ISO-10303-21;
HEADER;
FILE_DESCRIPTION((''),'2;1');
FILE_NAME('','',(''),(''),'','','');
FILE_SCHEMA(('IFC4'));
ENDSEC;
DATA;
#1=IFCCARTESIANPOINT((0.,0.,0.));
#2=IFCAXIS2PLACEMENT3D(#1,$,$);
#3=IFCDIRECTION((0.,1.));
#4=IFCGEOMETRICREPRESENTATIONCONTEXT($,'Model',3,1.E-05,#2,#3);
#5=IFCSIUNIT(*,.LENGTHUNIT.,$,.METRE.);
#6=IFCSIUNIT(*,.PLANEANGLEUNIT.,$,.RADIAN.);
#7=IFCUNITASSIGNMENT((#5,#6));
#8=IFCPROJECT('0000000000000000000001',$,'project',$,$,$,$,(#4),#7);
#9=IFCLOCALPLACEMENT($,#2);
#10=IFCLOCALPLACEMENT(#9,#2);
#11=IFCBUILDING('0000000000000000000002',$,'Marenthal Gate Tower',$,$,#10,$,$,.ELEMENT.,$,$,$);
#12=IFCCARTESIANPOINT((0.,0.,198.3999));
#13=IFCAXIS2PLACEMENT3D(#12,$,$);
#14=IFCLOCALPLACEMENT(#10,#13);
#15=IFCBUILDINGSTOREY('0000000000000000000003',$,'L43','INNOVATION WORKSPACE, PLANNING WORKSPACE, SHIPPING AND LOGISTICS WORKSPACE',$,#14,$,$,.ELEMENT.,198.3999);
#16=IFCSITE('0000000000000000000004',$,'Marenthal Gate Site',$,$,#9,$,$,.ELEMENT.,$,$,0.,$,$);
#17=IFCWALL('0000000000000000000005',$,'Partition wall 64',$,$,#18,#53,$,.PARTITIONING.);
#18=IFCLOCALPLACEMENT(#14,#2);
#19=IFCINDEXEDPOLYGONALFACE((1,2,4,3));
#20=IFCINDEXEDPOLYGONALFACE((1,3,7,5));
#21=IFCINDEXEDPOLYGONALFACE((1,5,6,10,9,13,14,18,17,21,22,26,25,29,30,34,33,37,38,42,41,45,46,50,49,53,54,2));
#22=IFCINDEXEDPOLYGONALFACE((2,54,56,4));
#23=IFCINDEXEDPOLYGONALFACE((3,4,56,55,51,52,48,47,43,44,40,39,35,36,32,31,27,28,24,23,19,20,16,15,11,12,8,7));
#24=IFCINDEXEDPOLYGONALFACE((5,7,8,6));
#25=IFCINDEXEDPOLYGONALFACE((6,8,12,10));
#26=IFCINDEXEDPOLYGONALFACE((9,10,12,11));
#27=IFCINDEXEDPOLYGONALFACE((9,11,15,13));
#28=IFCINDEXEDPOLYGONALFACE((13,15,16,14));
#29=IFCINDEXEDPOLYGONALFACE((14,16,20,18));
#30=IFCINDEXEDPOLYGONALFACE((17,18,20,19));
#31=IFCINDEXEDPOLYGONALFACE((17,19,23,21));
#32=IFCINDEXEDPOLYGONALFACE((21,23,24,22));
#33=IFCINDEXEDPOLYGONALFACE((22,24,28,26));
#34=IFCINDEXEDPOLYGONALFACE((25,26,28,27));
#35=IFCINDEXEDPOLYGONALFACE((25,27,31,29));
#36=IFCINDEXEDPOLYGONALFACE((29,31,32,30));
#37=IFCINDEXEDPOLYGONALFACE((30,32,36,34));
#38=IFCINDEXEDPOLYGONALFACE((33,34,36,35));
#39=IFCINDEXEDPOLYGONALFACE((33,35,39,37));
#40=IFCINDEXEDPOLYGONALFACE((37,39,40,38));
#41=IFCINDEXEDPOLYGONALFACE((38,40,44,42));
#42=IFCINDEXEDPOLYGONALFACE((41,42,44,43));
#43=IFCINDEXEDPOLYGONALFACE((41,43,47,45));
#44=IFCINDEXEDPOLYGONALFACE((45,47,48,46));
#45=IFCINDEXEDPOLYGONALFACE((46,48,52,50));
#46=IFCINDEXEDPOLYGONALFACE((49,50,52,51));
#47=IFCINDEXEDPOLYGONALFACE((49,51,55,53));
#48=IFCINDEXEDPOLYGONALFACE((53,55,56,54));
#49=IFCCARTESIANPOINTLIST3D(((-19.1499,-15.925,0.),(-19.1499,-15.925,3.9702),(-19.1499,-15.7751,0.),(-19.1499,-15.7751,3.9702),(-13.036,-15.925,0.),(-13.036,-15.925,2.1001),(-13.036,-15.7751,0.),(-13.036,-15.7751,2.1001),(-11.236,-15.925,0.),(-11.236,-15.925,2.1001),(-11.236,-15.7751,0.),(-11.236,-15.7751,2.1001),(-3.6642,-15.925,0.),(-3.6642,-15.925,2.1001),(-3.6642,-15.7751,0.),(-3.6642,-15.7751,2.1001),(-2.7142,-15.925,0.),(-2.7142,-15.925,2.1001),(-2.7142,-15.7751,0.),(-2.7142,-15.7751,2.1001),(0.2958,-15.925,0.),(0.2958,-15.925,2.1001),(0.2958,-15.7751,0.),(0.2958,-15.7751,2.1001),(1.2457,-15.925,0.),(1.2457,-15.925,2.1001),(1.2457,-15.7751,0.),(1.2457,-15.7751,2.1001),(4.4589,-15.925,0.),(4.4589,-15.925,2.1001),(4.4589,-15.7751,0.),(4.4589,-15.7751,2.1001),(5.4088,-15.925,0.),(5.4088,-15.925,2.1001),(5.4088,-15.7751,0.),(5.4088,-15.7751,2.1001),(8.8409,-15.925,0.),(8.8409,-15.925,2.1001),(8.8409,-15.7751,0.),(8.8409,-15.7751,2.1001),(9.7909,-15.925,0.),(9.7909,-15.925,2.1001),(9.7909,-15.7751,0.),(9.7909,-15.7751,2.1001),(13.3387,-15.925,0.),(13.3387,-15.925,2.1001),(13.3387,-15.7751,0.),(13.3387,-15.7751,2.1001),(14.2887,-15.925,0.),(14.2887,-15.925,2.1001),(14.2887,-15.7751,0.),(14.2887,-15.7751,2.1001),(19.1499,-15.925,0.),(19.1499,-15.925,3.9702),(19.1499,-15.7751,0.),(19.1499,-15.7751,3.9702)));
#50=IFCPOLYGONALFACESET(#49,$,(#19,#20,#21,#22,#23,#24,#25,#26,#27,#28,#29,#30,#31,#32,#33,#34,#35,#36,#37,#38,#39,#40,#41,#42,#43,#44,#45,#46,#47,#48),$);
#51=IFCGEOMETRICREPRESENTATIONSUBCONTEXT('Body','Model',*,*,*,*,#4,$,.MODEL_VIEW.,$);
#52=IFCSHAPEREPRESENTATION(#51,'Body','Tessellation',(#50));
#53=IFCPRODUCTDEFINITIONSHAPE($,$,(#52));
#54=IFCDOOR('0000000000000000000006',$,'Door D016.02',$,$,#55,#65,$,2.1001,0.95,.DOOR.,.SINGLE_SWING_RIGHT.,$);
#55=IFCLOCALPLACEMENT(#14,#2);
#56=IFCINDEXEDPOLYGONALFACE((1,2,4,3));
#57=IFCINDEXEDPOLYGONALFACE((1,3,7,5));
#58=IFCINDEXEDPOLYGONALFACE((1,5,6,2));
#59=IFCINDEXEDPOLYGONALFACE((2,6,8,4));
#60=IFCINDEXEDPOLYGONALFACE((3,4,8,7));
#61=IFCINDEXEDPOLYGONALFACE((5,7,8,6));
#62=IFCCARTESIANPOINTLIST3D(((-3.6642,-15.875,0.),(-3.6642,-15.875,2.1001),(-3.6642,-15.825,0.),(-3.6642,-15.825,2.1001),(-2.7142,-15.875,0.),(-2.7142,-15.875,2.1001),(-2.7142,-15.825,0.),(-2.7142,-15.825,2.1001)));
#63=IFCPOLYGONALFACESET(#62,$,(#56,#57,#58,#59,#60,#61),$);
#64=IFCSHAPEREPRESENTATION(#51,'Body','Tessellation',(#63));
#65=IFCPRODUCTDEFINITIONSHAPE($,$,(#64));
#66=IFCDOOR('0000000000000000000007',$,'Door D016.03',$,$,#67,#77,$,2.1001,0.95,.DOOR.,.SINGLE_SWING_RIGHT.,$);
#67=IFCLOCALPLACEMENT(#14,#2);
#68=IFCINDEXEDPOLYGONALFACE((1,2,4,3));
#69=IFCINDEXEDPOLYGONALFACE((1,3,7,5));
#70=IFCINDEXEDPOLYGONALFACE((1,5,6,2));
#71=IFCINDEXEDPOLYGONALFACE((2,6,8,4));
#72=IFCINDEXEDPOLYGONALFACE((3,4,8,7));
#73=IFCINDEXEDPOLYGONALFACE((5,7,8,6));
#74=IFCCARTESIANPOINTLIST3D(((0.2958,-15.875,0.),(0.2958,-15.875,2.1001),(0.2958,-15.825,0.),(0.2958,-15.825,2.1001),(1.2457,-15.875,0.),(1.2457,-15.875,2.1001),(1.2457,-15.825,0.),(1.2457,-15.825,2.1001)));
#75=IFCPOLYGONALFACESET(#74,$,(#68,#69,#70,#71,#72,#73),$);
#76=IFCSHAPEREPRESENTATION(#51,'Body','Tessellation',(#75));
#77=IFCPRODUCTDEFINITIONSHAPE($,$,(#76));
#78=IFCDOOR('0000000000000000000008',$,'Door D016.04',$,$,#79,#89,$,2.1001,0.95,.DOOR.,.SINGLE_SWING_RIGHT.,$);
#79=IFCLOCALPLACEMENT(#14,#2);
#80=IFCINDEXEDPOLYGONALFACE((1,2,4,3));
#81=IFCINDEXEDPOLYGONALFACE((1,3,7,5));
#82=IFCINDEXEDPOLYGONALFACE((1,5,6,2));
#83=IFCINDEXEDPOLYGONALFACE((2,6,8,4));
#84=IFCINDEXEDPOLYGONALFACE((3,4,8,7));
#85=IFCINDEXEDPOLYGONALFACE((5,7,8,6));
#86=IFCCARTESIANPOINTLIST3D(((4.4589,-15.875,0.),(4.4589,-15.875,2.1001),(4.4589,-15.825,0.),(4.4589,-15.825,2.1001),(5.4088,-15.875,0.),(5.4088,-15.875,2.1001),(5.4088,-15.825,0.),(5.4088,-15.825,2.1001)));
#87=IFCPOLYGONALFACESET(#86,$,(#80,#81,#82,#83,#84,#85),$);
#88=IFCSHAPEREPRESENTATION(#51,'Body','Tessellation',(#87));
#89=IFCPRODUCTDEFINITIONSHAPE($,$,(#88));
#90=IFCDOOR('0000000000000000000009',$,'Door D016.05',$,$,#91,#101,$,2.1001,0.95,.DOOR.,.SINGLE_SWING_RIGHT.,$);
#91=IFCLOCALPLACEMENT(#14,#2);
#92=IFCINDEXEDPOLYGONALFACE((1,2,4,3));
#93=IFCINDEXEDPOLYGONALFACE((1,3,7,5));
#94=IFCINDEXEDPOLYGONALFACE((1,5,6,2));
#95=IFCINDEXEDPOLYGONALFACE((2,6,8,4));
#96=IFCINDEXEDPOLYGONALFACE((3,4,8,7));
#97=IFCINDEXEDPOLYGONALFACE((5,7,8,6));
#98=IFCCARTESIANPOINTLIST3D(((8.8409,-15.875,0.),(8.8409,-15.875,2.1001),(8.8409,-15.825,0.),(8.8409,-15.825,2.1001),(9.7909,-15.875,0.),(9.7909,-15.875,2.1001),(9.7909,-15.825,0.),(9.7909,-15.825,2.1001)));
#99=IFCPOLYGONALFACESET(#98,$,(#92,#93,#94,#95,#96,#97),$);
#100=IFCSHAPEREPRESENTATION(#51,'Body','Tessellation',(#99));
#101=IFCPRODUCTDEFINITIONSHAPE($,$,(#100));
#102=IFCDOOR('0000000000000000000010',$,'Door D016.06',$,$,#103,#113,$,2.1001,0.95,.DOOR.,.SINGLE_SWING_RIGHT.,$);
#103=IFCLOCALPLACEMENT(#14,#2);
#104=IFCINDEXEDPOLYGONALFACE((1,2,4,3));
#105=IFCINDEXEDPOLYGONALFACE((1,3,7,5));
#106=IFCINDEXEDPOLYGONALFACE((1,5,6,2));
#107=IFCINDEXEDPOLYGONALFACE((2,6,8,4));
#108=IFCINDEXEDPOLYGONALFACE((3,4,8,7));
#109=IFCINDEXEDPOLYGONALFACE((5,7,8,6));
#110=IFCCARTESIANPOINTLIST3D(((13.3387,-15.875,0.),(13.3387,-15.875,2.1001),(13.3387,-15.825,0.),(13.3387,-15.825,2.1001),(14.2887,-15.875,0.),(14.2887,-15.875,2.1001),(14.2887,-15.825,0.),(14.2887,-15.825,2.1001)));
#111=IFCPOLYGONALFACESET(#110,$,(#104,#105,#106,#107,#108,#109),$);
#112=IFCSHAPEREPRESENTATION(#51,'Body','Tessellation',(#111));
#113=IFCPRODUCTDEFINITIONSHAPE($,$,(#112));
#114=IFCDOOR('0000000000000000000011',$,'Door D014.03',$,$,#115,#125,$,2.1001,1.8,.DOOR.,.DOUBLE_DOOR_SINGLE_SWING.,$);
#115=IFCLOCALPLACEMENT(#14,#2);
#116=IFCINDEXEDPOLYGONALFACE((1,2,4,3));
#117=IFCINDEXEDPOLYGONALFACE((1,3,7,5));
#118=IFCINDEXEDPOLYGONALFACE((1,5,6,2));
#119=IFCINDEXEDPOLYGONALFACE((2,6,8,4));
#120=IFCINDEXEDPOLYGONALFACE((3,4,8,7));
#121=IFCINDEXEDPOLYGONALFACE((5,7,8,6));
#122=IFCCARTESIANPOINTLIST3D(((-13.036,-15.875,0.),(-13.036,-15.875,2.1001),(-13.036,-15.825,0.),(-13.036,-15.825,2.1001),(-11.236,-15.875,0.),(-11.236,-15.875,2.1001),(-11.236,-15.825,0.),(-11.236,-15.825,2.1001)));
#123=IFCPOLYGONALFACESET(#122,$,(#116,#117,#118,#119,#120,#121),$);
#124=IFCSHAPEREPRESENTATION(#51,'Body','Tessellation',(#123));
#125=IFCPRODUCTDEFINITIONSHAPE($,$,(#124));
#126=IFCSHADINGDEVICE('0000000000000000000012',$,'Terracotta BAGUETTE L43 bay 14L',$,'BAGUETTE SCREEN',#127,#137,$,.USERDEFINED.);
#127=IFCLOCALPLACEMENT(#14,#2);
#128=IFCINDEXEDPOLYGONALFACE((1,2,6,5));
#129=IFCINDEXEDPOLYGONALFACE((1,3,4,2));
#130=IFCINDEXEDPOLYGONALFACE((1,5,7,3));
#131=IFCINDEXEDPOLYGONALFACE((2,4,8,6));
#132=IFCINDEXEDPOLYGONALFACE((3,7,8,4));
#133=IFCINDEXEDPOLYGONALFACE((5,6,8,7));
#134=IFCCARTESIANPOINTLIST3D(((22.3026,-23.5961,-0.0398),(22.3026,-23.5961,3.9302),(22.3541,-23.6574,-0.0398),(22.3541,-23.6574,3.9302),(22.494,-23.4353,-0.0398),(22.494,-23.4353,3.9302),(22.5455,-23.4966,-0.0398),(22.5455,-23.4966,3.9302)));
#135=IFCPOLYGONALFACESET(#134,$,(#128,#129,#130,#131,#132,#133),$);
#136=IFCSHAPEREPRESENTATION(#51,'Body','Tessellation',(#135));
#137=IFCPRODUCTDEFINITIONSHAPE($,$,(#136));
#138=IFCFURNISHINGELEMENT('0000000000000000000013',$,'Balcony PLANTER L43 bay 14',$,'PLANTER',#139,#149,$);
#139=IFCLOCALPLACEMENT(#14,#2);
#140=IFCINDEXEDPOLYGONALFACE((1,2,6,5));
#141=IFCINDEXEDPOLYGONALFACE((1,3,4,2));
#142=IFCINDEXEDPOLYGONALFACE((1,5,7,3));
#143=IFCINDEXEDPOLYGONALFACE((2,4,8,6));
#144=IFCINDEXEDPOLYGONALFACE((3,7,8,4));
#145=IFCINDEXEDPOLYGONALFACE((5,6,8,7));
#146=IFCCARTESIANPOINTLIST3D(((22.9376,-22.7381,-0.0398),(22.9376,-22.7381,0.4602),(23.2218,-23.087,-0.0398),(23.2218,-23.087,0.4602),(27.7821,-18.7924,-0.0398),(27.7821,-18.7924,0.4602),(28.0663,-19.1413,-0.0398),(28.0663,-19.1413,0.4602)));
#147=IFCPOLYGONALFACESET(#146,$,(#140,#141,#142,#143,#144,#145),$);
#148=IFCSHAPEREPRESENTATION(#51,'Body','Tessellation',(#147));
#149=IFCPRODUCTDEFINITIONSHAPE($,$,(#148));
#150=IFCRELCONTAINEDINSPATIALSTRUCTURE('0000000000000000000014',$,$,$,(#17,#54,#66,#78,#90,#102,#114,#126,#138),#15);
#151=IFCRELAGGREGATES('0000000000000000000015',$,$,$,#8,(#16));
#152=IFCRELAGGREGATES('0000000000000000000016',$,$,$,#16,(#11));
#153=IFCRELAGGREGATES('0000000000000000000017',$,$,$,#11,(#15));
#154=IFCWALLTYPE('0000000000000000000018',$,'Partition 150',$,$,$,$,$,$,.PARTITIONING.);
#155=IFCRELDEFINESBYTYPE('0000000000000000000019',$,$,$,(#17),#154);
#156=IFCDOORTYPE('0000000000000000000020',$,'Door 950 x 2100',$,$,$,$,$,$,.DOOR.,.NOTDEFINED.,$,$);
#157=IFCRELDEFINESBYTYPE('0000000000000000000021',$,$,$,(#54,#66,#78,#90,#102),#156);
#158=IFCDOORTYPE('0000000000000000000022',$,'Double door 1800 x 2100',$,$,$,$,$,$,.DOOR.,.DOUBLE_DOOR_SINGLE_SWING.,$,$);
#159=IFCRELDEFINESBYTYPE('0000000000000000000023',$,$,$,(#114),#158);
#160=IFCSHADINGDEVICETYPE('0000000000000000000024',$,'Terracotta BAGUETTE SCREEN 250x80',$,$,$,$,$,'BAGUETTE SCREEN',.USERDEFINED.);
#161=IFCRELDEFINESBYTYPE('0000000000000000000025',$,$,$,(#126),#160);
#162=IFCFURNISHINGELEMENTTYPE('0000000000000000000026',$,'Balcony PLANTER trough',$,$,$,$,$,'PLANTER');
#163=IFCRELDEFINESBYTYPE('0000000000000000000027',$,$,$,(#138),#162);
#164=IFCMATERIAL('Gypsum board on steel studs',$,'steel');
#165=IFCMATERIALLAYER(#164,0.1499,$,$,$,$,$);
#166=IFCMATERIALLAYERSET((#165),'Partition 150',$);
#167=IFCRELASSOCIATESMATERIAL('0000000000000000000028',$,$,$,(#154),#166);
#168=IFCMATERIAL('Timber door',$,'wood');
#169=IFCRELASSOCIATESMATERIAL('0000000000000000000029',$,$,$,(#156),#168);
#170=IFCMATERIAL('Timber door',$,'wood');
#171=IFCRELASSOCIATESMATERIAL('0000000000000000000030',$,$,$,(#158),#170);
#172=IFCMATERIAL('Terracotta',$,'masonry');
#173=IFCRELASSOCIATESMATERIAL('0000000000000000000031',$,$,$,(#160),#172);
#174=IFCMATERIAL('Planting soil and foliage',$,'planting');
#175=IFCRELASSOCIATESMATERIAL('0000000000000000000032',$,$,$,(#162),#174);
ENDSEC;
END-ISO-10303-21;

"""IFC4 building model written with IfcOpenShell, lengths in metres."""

from ifc_helpers import new_model, si_unit, direction, frame, frame_2d, origin, origin_2d, place, context, subcontext, project, spatial, rectangle, extrude, material, layer, layer_set, material_profile, profile_set, type_object, element, fill, save


model = new_model("IFC4")

# Units and contexts
model_context = context("Model", 3, precision=1e-05, world=origin(), true_north=direction((0.0, 1.0)))
body_context = subcontext(model_context, "Body", "Model", "MODEL_VIEW")
ifc_project = project(units=[si_unit("LENGTHUNIT", "METRE"), si_unit("PLANEANGLEUNIT", "RADIAN")], contexts=[model_context])

# Site, building, storey
site_placement = place(None, origin())
site = spatial("IfcSite", under=ifc_project, at=site_placement, Name="Marenthal Gate Site", CompositionType="ELEMENT", RefElevation=0.0)
building_placement = place(site_placement, origin())
building = spatial("IfcBuilding", under=site, at=building_placement, Name="Marenthal Gate Tower", CompositionType="ELEMENT")
storey_placement = place(building_placement, frame((0.0, 0.0, 198.3999)))
storey = spatial("IfcBuildingStorey", under=building, at=storey_placement, Name="L43", Description="INNOVATION WORKSPACE, PLANNING WORKSPACE, SHIPPING AND LOGISTICS WORKSPACE", CompositionType="ELEMENT", Elevation=198.3999)

# Wall, openings, doors
ifc_material_1 = material(Name="Gypsum board on steel studs", Category="steel")
ifc_layer_1 = layer(ifc_material_1, 0.1499)
ifc_layer_set_1 = layer_set([ifc_layer_1], Name="Partition 150")
wall_type_1 = type_object("IfcWallType", Name="Partition 150", PredefinedType="PARTITIONING", material=ifc_layer_set_1)
wall_1_placement = place(storey_placement, frame((19.1499, -15.8501, 0.0), z_axis=(0.0, 0.0, 1.0), x_axis=(-1.0, 0.0, 0.0)))
wall_1 = element("IfcWall", 1, at=wall_1_placement, inside=storey, type_object=wall_type_1, Name="Partition wall 64", PredefinedType="PARTITIONING", context=body_context, shape_type="SweptSolid", body=[
    extrude(rectangle(XDim=38.2998, YDim=0.1499, at=frame_2d((19.1499, 0.0))), origin(), (0.0, 0.0, 1.0), 3.9702),
])
opening_1_placement = place(wall_1_placement, frame((30.386, 0.0, 0.0)))
opening_1 = element("IfcOpeningElement", 2, at=opening_1_placement, cuts=wall_1, PredefinedType="OPENING", context=body_context, shape_type="SweptSolid", body=[
    extrude(rectangle(XDim=1.8, YDim=2.1001, at=frame_2d((0.8999, 1.05))), frame((0.0, 0.085, 0.0), z_axis=(0.0, -1.0, 0.0), x_axis=(1.0, 0.0, 0.0)), (0.0, 0.0, 1.0), 0.1699),
])
opening_2_placement = place(wall_1_placement, frame((21.864, 0.0, 0.0)))
opening_2 = element("IfcOpeningElement", 3, at=opening_2_placement, cuts=wall_1, PredefinedType="OPENING", context=body_context, shape_type="SweptSolid", body=[
    extrude(rectangle(XDim=0.95, YDim=2.1001, at=frame_2d((0.4751, 1.05))), frame((0.0, 0.085, 0.0), z_axis=(0.0, -1.0, 0.0), x_axis=(1.0, 0.0, 0.0)), (0.0, 0.0, 1.0), 0.1699),
])
opening_3_placement = place(wall_1_placement, frame((17.9041, 0.0, 0.0)))
opening_3 = element("IfcOpeningElement", 4, at=opening_3_placement, cuts=wall_1, PredefinedType="OPENING", context=body_context, shape_type="SweptSolid", body=[
    extrude(rectangle(XDim=0.95, YDim=2.1001, at=frame_2d((0.4751, 1.05))), frame((0.0, 0.085, 0.0), z_axis=(0.0, -1.0, 0.0), x_axis=(1.0, 0.0, 0.0)), (0.0, 0.0, 1.0), 0.1699),
])
opening_4_placement = place(wall_1_placement, frame((13.741, 0.0, 0.0)))
opening_4 = element("IfcOpeningElement", 5, at=opening_4_placement, cuts=wall_1, PredefinedType="OPENING", context=body_context, shape_type="SweptSolid", body=[
    extrude(rectangle(XDim=0.95, YDim=2.1001, at=frame_2d((0.4751, 1.05))), frame((0.0, 0.085, 0.0), z_axis=(0.0, -1.0, 0.0), x_axis=(1.0, 0.0, 0.0)), (0.0, 0.0, 1.0), 0.1699),
])
opening_5_placement = place(wall_1_placement, frame((9.3589, 0.0, 0.0)))
opening_5 = element("IfcOpeningElement", 6, at=opening_5_placement, cuts=wall_1, PredefinedType="OPENING", context=body_context, shape_type="SweptSolid", body=[
    extrude(rectangle(XDim=0.95, YDim=2.1001, at=frame_2d((0.4751, 1.05))), frame((0.0, 0.085, 0.0), z_axis=(0.0, -1.0, 0.0), x_axis=(1.0, 0.0, 0.0)), (0.0, 0.0, 1.0), 0.1699),
])
opening_6_placement = place(wall_1_placement, frame((4.8611, 0.0, 0.0)))
opening_6 = element("IfcOpeningElement", 7, at=opening_6_placement, cuts=wall_1, PredefinedType="OPENING", context=body_context, shape_type="SweptSolid", body=[
    extrude(rectangle(XDim=0.95, YDim=2.1001, at=frame_2d((0.4751, 1.05))), frame((0.0, 0.085, 0.0), z_axis=(0.0, -1.0, 0.0), x_axis=(1.0, 0.0, 0.0)), (0.0, 0.0, 1.0), 0.1699),
])
ifc_material_2 = material(Name="Timber door", Category="wood")
door_type_1 = type_object("IfcDoorType", Name="Door 950 x 2100", OperationType="NOTDEFINED", PredefinedType="DOOR", material=ifc_material_2)
door_1_placement = place(opening_2_placement, origin())
door_1 = element("IfcDoor", 8, at=door_1_placement, inside=storey, type_object=door_type_1, Name="Door D016.02", OperationType="SINGLE_SWING_RIGHT", OverallHeight=2.1001, OverallWidth=0.95, PredefinedType="DOOR", context=body_context, shape_type="SweptSolid", body=[
    extrude(rectangle(XDim=0.95, YDim=2.1001, at=frame_2d((0.4751, 1.05))), frame((0.0, 0.0249, 0.0), z_axis=(0.0, -1.0, 0.0), x_axis=(1.0, 0.0, 0.0)), (0.0, 0.0, 1.0), 0.05),
])
fill(opening_2, door_1)
door_2_placement = place(opening_3_placement, origin())
door_2 = element("IfcDoor", 9, at=door_2_placement, inside=storey, type_object=door_type_1, Name="Door D016.03", OperationType="SINGLE_SWING_RIGHT", OverallHeight=2.1001, OverallWidth=0.95, PredefinedType="DOOR", context=body_context, shape_type="SweptSolid", body=[
    extrude(rectangle(XDim=0.95, YDim=2.1001, at=frame_2d((0.4751, 1.05))), frame((0.0, 0.0249, 0.0), z_axis=(0.0, -1.0, 0.0), x_axis=(1.0, 0.0, 0.0)), (0.0, 0.0, 1.0), 0.05),
])
fill(opening_3, door_2)
door_3_placement = place(opening_4_placement, origin())
door_3 = element("IfcDoor", 10, at=door_3_placement, inside=storey, type_object=door_type_1, Name="Door D016.04", OperationType="SINGLE_SWING_RIGHT", OverallHeight=2.1001, OverallWidth=0.95, PredefinedType="DOOR", context=body_context, shape_type="SweptSolid", body=[
    extrude(rectangle(XDim=0.95, YDim=2.1001, at=frame_2d((0.4751, 1.05))), frame((0.0, 0.0249, 0.0), z_axis=(0.0, -1.0, 0.0), x_axis=(1.0, 0.0, 0.0)), (0.0, 0.0, 1.0), 0.05),
])
fill(opening_4, door_3)
door_4_placement = place(opening_5_placement, origin())
door_4 = element("IfcDoor", 11, at=door_4_placement, inside=storey, type_object=door_type_1, Name="Door D016.05", OperationType="SINGLE_SWING_RIGHT", OverallHeight=2.1001, OverallWidth=0.95, PredefinedType="DOOR", context=body_context, shape_type="SweptSolid", body=[
    extrude(rectangle(XDim=0.95, YDim=2.1001, at=frame_2d((0.4751, 1.05))), frame((0.0, 0.0249, 0.0), z_axis=(0.0, -1.0, 0.0), x_axis=(1.0, 0.0, 0.0)), (0.0, 0.0, 1.0), 0.05),
])
fill(opening_5, door_4)
door_5_placement = place(opening_6_placement, origin())
door_5 = element("IfcDoor", 12, at=door_5_placement, inside=storey, type_object=door_type_1, Name="Door D016.06", OperationType="SINGLE_SWING_RIGHT", OverallHeight=2.1001, OverallWidth=0.95, PredefinedType="DOOR", context=body_context, shape_type="SweptSolid", body=[
    extrude(rectangle(XDim=0.95, YDim=2.1001, at=frame_2d((0.4751, 1.05))), frame((0.0, 0.0249, 0.0), z_axis=(0.0, -1.0, 0.0), x_axis=(1.0, 0.0, 0.0)), (0.0, 0.0, 1.0), 0.05),
])
fill(opening_6, door_5)
ifc_material_3 = material(Name="Timber door", Category="wood")
door_type_2 = type_object("IfcDoorType", Name="Double door 1800 x 2100", OperationType="DOUBLE_DOOR_SINGLE_SWING", PredefinedType="DOOR", material=ifc_material_3)
door_6_placement = place(opening_1_placement, origin())
door_6 = element("IfcDoor", 13, at=door_6_placement, inside=storey, type_object=door_type_2, Name="Door D014.03", OperationType="DOUBLE_DOOR_SINGLE_SWING", OverallHeight=2.1001, OverallWidth=1.8, PredefinedType="DOOR", context=body_context, shape_type="SweptSolid", body=[
    extrude(rectangle(XDim=1.8, YDim=2.1001, at=frame_2d((0.8999, 1.05))), frame((0.0, 0.0249, 0.0), z_axis=(0.0, -1.0, 0.0), x_axis=(1.0, 0.0, 0.0)), (0.0, 0.0, 1.0), 0.05),
])
fill(opening_1, door_6)

# Shading device
ifc_material_4 = material(Name="Terracotta", Category="masonry")
ifc_material_profile_1 = material_profile(ifc_material_4, rectangle(XDim=0.25, YDim=0.0801, at=origin_2d()), Name="Terracotta baguette 250x80")
ifc_profile_set_1 = profile_set([ifc_material_profile_1], Name="Terracotta")
shading_device_type = type_object("IfcShadingDeviceType", Name="Terracotta BAGUETTE SCREEN 250x80", ElementType="BAGUETTE SCREEN", PredefinedType="USERDEFINED", material=ifc_profile_set_1)
shading_device_placement = place(storey_placement, frame((22.4241, -23.5464, -0.0398), z_axis=(0.0, 0.0, 1.0), x_axis=(0.765705, 0.643192, 0.0)))
element("IfcShadingDevice", 14, at=shading_device_placement, inside=storey, type_object=shading_device_type, Name="Terracotta BAGUETTE L43 bay 14L", ObjectType="BAGUETTE SCREEN", PredefinedType="USERDEFINED", context=body_context, shape_type="SweptSolid", body=[
    extrude(rectangle(XDim=0.25, YDim=0.0801, at=origin_2d()), origin(), (0.0, 0.0, 1.0), 3.97),
])

# Furnishing element
ifc_material_5 = material(Name="Planting soil and foliage", Category="planting")
furnishing_element_type = type_object("IfcFurnishingElementType", Name="Balcony PLANTER trough", ElementType="PLANTER", material=ifc_material_5)
furnishing_placement = place(storey_placement, frame((25.502, -20.9397, -0.0398), z_axis=(0.0, 0.0, 1.0), x_axis=(0.77536, 0.63152, 0.0)))
element("IfcFurnishingElement", 15, at=furnishing_placement, inside=storey, type_object=furnishing_element_type, Name="Balcony PLANTER L43 bay 14", ObjectType="PLANTER", context=body_context, shape_type="SweptSolid", body=[
    extrude(rectangle(XDim=6.248, YDim=0.45, at=origin_2d()), origin(), (0.0, 0.0, 1.0), 0.5),
])

save(model, "model.ifc")
